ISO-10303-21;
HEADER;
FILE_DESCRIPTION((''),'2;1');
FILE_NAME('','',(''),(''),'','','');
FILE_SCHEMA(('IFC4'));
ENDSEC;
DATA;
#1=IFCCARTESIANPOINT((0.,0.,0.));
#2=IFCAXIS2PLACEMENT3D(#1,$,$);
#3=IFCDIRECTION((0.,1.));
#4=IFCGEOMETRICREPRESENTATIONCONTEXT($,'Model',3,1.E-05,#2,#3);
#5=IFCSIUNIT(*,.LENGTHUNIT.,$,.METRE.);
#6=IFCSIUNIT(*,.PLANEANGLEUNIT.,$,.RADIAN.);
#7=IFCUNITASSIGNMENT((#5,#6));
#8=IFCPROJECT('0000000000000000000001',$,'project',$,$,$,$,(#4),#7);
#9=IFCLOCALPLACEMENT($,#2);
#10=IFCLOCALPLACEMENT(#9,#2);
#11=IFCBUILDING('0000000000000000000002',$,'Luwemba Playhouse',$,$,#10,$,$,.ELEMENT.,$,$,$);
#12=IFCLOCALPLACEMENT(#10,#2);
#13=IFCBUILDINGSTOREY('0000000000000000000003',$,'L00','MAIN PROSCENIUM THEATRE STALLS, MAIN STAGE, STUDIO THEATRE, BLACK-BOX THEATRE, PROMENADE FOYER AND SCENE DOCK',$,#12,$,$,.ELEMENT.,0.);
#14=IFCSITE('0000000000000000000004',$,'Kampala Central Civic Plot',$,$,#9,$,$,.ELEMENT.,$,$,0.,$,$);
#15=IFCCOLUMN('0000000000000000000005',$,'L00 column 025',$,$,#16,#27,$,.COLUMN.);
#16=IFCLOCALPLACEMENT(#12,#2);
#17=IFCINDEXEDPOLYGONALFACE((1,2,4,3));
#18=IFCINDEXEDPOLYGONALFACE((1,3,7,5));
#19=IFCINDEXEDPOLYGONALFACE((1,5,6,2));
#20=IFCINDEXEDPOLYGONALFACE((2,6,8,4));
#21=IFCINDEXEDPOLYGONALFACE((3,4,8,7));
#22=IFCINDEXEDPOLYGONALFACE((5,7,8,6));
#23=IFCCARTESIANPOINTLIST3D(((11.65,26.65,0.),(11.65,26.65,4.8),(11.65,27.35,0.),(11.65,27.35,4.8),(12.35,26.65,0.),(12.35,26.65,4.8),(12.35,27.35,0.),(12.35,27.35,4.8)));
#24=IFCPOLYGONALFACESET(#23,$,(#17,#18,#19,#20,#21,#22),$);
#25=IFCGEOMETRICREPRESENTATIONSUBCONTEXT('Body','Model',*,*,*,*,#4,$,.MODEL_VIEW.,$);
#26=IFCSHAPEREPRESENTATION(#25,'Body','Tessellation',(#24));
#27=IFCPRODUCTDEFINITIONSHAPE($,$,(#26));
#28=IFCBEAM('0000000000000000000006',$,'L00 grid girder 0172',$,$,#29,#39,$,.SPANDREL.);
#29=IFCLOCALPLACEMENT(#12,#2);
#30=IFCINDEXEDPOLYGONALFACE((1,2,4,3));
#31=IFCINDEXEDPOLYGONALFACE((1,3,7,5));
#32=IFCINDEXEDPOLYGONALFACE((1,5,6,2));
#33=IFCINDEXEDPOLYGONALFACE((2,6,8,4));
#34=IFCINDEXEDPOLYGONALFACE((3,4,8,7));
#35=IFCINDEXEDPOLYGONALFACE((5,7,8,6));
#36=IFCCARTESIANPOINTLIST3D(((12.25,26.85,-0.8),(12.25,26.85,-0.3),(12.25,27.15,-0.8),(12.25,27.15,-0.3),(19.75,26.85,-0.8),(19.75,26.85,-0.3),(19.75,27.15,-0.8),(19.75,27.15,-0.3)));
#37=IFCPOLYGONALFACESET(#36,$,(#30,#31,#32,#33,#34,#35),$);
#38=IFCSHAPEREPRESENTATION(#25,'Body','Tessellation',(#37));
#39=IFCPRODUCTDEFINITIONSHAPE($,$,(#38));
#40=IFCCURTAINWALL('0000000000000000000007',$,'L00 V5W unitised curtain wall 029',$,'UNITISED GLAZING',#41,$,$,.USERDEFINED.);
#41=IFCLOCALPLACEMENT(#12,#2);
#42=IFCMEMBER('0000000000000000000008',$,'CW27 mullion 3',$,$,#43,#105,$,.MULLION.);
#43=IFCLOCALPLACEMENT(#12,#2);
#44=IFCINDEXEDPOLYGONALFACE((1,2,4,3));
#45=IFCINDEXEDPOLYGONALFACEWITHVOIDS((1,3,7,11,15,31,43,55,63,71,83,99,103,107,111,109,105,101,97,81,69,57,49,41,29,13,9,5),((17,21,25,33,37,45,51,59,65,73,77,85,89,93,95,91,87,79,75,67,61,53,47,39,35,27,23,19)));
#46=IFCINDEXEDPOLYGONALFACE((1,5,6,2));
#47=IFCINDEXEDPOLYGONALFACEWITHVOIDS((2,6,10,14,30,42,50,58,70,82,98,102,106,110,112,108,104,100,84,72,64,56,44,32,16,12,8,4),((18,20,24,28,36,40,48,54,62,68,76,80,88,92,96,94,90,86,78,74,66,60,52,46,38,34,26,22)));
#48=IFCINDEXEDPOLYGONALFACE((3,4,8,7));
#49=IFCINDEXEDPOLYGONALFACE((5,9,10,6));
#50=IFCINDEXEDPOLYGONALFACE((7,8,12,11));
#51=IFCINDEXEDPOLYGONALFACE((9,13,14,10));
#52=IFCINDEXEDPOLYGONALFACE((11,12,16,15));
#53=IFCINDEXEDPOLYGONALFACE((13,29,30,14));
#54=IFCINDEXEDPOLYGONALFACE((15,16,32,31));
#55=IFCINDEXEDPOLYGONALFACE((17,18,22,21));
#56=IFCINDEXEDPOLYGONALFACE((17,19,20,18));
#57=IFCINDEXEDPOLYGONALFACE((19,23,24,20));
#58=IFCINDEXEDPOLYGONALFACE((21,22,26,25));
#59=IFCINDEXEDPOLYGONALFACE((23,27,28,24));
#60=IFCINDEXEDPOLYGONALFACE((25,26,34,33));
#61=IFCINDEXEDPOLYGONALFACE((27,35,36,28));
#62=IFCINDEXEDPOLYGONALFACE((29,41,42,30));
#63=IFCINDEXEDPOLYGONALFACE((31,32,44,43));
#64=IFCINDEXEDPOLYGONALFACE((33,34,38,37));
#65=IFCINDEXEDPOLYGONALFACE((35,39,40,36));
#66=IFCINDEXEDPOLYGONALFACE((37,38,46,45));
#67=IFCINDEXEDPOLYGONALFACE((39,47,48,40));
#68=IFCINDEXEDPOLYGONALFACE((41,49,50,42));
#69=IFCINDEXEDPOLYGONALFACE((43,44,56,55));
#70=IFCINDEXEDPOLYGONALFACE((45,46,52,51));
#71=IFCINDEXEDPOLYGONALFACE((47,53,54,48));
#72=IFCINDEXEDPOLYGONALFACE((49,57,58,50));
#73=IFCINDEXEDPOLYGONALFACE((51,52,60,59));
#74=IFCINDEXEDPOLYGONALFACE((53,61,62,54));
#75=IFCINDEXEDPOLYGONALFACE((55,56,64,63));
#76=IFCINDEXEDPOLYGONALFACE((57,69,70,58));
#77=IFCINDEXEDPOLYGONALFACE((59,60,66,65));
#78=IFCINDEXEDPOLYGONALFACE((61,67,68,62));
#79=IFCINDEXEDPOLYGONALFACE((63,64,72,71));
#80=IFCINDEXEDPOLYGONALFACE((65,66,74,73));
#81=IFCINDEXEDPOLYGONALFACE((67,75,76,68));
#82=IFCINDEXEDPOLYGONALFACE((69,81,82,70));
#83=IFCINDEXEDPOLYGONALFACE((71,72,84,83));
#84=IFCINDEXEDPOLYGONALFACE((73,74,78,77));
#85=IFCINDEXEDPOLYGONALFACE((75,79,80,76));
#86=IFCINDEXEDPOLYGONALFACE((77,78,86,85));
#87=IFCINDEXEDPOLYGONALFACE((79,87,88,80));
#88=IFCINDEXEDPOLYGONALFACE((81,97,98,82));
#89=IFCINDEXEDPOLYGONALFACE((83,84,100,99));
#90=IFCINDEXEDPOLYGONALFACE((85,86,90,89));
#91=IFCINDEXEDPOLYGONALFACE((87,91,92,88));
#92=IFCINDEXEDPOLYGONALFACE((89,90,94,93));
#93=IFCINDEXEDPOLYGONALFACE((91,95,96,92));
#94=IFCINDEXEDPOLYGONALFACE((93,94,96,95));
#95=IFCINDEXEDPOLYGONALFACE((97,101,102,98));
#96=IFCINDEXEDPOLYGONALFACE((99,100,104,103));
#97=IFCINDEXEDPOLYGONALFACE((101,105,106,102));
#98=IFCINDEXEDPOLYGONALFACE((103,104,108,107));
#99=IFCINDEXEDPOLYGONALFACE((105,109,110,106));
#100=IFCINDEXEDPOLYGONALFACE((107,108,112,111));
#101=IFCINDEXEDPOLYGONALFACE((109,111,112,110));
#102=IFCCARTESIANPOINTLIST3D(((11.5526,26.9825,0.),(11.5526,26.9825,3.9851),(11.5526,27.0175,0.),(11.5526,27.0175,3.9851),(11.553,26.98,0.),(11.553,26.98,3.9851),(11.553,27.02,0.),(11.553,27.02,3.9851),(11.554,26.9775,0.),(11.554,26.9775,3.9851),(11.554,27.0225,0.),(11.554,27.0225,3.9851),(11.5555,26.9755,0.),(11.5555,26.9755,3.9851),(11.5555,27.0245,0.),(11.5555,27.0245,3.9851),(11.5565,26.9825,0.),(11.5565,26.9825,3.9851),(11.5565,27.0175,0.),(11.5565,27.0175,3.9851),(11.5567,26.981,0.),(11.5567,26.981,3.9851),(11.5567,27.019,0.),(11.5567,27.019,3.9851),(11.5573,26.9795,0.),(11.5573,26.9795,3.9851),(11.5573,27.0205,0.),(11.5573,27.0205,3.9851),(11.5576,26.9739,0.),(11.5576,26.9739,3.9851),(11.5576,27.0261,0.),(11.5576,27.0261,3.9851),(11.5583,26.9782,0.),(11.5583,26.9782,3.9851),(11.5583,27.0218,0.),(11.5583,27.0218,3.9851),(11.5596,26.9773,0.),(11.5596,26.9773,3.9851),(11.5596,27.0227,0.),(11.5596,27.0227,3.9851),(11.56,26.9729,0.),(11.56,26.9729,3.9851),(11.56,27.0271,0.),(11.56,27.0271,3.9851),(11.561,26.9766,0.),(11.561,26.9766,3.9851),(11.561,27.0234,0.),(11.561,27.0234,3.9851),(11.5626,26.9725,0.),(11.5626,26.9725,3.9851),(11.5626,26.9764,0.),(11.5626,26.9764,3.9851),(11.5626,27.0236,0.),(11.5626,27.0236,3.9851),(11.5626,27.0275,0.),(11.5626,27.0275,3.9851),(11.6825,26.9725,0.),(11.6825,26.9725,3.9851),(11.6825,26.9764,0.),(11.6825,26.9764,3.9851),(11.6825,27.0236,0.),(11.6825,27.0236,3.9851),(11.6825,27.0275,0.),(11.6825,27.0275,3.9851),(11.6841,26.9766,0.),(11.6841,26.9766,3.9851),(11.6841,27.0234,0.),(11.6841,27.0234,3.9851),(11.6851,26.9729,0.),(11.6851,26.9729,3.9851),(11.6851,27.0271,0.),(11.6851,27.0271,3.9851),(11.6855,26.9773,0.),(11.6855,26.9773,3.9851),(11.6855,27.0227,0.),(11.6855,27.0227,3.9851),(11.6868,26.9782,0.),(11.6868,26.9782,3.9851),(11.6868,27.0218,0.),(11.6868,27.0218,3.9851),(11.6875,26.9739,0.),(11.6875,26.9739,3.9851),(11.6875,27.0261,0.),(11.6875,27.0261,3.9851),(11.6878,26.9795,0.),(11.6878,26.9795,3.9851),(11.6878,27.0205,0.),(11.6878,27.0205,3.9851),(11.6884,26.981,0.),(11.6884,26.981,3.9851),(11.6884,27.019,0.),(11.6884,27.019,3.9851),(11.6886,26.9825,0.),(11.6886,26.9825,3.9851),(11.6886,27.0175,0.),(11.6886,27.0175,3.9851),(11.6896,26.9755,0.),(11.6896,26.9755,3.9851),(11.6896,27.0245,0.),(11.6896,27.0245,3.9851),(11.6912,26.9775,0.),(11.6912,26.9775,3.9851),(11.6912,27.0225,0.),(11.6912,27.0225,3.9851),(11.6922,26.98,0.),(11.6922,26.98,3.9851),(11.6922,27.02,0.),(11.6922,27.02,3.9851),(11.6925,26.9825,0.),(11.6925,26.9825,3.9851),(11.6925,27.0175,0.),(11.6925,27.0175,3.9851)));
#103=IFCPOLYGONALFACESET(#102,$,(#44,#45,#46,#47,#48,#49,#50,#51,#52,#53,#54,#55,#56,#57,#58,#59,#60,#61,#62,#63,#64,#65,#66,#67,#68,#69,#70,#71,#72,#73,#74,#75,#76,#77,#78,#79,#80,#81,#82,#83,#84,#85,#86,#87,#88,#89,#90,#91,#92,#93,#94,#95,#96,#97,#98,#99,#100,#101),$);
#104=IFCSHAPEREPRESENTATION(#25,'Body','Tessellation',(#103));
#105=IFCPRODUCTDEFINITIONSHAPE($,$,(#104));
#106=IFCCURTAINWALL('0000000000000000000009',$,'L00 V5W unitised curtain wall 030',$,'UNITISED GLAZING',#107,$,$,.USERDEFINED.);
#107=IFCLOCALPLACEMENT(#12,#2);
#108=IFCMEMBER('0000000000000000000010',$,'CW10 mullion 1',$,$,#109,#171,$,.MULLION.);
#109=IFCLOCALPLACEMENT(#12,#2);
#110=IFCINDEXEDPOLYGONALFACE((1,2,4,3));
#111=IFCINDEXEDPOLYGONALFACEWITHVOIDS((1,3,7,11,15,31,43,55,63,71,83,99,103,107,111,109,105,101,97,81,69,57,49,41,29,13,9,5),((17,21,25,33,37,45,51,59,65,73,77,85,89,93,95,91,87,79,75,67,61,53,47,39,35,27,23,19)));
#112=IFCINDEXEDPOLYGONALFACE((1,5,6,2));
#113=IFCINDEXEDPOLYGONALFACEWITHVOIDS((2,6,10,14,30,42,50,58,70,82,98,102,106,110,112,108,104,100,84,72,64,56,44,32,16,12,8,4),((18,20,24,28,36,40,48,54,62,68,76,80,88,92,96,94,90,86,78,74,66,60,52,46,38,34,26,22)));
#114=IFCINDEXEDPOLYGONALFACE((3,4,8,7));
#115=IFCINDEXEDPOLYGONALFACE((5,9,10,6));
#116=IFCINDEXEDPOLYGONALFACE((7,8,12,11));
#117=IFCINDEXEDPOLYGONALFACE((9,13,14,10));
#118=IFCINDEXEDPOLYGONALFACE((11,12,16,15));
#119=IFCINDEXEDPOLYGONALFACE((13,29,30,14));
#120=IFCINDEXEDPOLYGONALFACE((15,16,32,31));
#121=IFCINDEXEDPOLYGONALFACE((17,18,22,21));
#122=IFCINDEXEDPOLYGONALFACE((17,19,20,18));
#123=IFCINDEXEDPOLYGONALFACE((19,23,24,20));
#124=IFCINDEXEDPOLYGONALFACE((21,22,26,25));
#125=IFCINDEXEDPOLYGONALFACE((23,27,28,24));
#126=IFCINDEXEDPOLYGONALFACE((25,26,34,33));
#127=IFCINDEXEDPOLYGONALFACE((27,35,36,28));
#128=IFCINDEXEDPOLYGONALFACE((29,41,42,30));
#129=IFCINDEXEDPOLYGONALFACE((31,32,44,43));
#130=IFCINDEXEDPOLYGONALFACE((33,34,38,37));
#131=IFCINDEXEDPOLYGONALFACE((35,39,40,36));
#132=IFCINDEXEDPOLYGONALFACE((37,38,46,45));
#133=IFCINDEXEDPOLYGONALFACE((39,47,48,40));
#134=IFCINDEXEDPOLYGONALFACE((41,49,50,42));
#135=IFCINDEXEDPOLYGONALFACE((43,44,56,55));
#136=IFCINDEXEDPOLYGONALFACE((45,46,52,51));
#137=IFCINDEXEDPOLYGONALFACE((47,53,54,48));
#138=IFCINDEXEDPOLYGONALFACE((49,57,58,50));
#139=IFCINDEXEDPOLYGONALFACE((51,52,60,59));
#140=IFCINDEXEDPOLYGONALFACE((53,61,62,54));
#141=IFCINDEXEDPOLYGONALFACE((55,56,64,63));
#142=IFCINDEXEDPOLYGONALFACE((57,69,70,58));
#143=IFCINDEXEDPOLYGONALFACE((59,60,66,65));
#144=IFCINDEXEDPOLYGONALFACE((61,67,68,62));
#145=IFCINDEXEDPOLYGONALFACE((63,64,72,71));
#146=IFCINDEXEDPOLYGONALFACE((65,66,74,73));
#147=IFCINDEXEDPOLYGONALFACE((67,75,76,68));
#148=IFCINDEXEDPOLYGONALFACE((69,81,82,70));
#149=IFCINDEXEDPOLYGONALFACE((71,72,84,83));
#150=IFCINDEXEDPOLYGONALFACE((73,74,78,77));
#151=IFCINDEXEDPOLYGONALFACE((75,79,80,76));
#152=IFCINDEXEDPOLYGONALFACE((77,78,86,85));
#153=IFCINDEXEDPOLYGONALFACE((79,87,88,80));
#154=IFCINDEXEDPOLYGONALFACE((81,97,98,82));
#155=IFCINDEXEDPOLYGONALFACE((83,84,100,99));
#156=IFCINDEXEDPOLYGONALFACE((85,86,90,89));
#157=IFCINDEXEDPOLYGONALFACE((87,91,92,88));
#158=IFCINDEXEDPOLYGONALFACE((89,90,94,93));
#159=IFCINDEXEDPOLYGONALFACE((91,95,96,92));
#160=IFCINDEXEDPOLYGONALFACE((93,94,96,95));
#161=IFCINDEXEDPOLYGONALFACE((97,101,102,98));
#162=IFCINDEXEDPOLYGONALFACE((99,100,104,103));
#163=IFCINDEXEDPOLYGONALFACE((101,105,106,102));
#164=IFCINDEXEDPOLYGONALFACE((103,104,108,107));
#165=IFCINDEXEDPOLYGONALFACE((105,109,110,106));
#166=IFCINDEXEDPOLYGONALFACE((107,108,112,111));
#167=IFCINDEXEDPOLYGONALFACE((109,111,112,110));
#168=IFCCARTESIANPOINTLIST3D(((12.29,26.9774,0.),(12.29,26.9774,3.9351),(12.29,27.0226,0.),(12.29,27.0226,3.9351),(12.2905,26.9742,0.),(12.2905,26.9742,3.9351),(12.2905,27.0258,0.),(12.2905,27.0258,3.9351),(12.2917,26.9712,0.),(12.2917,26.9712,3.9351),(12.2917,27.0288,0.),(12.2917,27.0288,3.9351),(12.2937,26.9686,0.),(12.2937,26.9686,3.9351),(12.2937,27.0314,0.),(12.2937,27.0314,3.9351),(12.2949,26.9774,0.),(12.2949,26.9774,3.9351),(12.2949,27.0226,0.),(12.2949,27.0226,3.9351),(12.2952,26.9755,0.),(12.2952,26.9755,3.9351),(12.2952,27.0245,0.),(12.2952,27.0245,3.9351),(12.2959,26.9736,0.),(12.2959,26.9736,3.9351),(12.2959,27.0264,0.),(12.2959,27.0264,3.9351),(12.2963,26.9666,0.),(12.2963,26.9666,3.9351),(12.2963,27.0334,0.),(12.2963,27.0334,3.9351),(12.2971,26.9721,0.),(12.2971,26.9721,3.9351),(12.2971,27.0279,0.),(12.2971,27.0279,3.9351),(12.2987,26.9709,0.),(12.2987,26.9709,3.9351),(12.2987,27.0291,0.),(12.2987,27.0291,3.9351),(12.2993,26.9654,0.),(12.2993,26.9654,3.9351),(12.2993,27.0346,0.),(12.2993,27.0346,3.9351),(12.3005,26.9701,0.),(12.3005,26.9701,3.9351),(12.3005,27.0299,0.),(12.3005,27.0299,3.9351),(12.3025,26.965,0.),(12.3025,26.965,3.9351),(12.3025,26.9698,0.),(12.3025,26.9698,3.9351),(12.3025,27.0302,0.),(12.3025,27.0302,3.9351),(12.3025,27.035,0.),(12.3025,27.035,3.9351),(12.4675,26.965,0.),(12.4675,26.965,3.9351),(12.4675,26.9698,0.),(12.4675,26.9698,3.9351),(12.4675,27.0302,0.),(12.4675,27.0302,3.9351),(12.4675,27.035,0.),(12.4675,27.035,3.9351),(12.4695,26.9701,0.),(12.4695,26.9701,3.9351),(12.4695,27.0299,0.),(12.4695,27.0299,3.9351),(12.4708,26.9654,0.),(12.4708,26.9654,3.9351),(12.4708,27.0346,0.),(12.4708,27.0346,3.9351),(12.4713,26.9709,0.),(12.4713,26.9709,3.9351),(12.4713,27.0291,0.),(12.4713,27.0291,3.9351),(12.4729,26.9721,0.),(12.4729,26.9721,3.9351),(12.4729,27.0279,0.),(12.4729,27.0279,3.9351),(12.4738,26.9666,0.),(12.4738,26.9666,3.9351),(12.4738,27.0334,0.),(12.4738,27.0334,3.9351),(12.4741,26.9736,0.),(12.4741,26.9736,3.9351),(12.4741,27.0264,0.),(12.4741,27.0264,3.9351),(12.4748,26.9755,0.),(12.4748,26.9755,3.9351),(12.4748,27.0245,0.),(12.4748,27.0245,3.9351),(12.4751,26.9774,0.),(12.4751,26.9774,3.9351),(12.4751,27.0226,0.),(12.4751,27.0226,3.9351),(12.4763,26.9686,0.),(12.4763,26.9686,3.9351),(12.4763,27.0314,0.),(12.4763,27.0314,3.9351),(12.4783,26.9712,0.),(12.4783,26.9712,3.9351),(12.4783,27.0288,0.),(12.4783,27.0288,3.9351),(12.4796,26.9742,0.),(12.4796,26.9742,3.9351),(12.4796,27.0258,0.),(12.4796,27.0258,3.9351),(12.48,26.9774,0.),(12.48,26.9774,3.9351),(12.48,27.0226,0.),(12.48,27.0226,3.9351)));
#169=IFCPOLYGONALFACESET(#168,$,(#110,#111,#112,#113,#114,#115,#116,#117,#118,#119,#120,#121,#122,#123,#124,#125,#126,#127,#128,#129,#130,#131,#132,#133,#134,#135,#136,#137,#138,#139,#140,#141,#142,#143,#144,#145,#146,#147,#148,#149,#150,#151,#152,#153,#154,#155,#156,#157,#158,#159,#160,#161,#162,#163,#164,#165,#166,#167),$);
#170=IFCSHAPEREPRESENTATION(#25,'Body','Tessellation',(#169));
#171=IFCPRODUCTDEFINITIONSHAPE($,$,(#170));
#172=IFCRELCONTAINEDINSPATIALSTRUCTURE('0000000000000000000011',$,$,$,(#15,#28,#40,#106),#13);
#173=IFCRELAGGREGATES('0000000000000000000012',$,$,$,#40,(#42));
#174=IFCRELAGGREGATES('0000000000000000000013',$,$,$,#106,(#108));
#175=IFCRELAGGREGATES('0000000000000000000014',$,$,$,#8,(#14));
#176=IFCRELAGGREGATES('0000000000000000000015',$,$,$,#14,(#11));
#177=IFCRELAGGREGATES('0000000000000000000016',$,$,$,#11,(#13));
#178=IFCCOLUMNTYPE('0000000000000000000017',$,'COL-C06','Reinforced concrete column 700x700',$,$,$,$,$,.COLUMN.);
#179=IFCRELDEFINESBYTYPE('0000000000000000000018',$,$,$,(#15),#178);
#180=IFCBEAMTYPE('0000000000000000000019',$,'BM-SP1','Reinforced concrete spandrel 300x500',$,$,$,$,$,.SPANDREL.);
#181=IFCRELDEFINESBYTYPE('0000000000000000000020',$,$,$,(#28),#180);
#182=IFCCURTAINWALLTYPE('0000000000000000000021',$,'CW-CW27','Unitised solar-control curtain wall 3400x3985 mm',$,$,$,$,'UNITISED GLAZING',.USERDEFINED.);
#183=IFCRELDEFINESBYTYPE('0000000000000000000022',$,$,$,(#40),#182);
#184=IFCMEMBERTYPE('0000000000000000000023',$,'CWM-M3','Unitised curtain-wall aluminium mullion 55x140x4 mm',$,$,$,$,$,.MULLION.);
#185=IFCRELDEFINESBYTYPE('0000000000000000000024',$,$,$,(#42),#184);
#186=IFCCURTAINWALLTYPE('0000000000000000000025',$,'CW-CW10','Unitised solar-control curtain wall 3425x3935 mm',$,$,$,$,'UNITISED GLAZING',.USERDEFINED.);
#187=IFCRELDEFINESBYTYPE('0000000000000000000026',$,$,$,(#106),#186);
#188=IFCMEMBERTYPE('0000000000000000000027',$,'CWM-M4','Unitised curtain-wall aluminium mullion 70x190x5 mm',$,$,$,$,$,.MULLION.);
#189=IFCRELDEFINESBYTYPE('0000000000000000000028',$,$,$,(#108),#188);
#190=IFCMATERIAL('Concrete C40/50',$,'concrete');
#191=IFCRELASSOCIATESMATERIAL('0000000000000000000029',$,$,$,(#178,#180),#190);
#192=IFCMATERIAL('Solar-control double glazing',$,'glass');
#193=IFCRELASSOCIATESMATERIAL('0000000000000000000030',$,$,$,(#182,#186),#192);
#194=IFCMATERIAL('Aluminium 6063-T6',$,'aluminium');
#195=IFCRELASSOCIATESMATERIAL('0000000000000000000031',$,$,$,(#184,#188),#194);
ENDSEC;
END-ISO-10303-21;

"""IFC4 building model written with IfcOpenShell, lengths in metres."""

from ifc_helpers import new_model, si_unit, direction, frame, origin, origin_2d, place, context, subcontext, project, spatial, rectangle, hollow_rectangle, extrude, material, material_profile, profile_set, type_object, element, aggregate, save


model = new_model("IFC4")

# Units and contexts
model_context = context("Model", 3, precision=1e-05, world=origin(), true_north=direction((0.0, 1.0)))
body_context = subcontext(model_context, "Body", "Model", "MODEL_VIEW")
ifc_project = project(units=[si_unit("LENGTHUNIT", "METRE"), si_unit("PLANEANGLEUNIT", "RADIAN")], contexts=[model_context])

# Site, building, storey
site_placement = place(None, origin())
site = spatial("IfcSite", under=ifc_project, at=site_placement, Name="Kampala Central Civic Plot", CompositionType="ELEMENT", RefElevation=0.0)
building_placement = place(site_placement, origin())
building = spatial("IfcBuilding", under=site, at=building_placement, Name="Luwemba Playhouse", CompositionType="ELEMENT")
storey_placement = place(building_placement, origin())
storey = spatial("IfcBuildingStorey", under=building, at=storey_placement, Name="L00", Description="MAIN PROSCENIUM THEATRE STALLS, MAIN STAGE, STUDIO THEATRE, BLACK-BOX THEATRE, PROMENADE FOYER AND SCENE DOCK", CompositionType="ELEMENT", Elevation=0.0)

# Column
ifc_material_1 = material(Name="Concrete C40/50", Category="concrete")
ifc_material_profile_1 = material_profile(ifc_material_1, rectangle(XDim=0.7, YDim=0.7, at=origin_2d()))
ifc_profile_set_1 = profile_set([ifc_material_profile_1], Name="Concrete C40/50")
column_type = type_object("IfcColumnType", Name="COL-C06", Description="Reinforced concrete column 700x700", PredefinedType="COLUMN", material=ifc_profile_set_1)
column_placement = place(storey_placement, frame((12.0, 27.0, 0.0), z_axis=(0.0, 0.0, 1.0), x_axis=(1.0, 0.0, 0.0)))
element("IfcColumn", 1, at=column_placement, inside=storey, type_object=column_type, Name="L00 column 025", PredefinedType="COLUMN", context=body_context, shape_type="SweptSolid", body=[
    extrude(rectangle(XDim=0.7, YDim=0.7, at=origin_2d()), origin(), (0.0, 0.0, 1.0), 4.8),
])

# Beam
ifc_material_profile_2 = material_profile(ifc_material_1, rectangle(XDim=0.3, YDim=0.5, at=origin_2d()))
ifc_profile_set_2 = profile_set([ifc_material_profile_2], Name="Concrete C40/50")
beam_type = type_object("IfcBeamType", Name="BM-SP1", Description="Reinforced concrete spandrel 300x500", PredefinedType="SPANDREL", material=ifc_profile_set_2)
beam_placement = place(storey_placement, frame((12.25, 27.0, -0.55), z_axis=(1.0, 0.0, 0.0), x_axis=(0.0, 1.0, 0.0)))
element("IfcBeam", 2, at=beam_placement, inside=storey, type_object=beam_type, Name="L00 grid girder 0172", PredefinedType="SPANDREL", context=body_context, shape_type="SweptSolid", body=[
    extrude(rectangle(XDim=0.3, YDim=0.5, at=origin_2d()), origin(), (0.0, 0.0, 1.0), 7.5),
])

# Curtain wall, member
ifc_material_2 = material(Name="Solar-control double glazing", Category="glass")
curtain_wall_type_1 = type_object("IfcCurtainWallType", Name="CW-CW27", Description="Unitised solar-control curtain wall 3400x3985 mm", ElementType="UNITISED GLAZING", PredefinedType="USERDEFINED", material=ifc_material_2)
curtain_wall_1_placement = place(storey_placement, origin())
curtain_wall_1 = element("IfcCurtainWall", 3, at=curtain_wall_1_placement, inside=storey, type_object=curtain_wall_type_1, Name="L00 V5W unitised curtain wall 029", ObjectType="UNITISED GLAZING", PredefinedType="USERDEFINED")
ifc_material_3 = material(Name="Aluminium 6063-T6", Category="aluminium")
ifc_material_profile_3 = material_profile(ifc_material_3, hollow_rectangle(XDim=0.0549, YDim=0.1399, WallThickness=0.0039, InnerFilletRadius=0.0061, OuterFilletRadius=0.01, at=origin_2d()))
ifc_profile_set_3 = profile_set([ifc_material_profile_3], Name="Aluminium 6063-T6")
member_type_1 = type_object("IfcMemberType", Name="CWM-M3", Description="Unitised curtain-wall aluminium mullion 55x140x4 mm", PredefinedType="MULLION", material=ifc_profile_set_3)
member_1_placement = place(storey_placement, frame((11.6226, 27.0, 0.0), z_axis=(0.0, 0.0, 1.0), x_axis=(0.0, 1.0, 0.0)))
member_1 = element("IfcMember", 4, at=member_1_placement, type_object=member_type_1, Name="CW27 mullion 3", PredefinedType="MULLION", context=body_context, shape_type="SweptSolid", body=[
    extrude(hollow_rectangle(XDim=0.0549, YDim=0.1399, WallThickness=0.0039, InnerFilletRadius=0.0061, OuterFilletRadius=0.01, at=origin_2d()), origin(), (0.0, 0.0, 1.0), 3.9851),
])

# Curtain wall, member
curtain_wall_type_2 = type_object("IfcCurtainWallType", Name="CW-CW10", Description="Unitised solar-control curtain wall 3425x3935 mm", ElementType="UNITISED GLAZING", PredefinedType="USERDEFINED", material=ifc_material_2)
curtain_wall_2_placement = place(storey_placement, origin())
curtain_wall_2 = element("IfcCurtainWall", 5, at=curtain_wall_2_placement, inside=storey, type_object=curtain_wall_type_2, Name="L00 V5W unitised curtain wall 030", ObjectType="UNITISED GLAZING", PredefinedType="USERDEFINED")
ifc_material_profile_4 = material_profile(ifc_material_3, hollow_rectangle(XDim=0.0701, YDim=0.1899, WallThickness=0.0049, InnerFilletRadius=0.0076, OuterFilletRadius=0.0125, at=origin_2d()))
ifc_profile_set_4 = profile_set([ifc_material_profile_4], Name="Aluminium 6063-T6")
member_type_2 = type_object("IfcMemberType", Name="CWM-M4", Description="Unitised curtain-wall aluminium mullion 70x190x5 mm", PredefinedType="MULLION", material=ifc_profile_set_4)
member_2_placement = place(storey_placement, frame((12.385, 27.0, 0.0), z_axis=(0.0, 0.0, 1.0), x_axis=(0.0, 1.0, 0.0)))
member_2 = element("IfcMember", 6, at=member_2_placement, type_object=member_type_2, Name="CW10 mullion 1", PredefinedType="MULLION", context=body_context, shape_type="SweptSolid", body=[
    extrude(hollow_rectangle(XDim=0.0701, YDim=0.1899, WallThickness=0.0049, InnerFilletRadius=0.0076, OuterFilletRadius=0.0125, at=origin_2d()), origin(), (0.0, 0.0, 1.0), 3.9351),
])

aggregate(curtain_wall_1, [member_1])
aggregate(curtain_wall_2, [member_2])

save(model, "model.ifc")
